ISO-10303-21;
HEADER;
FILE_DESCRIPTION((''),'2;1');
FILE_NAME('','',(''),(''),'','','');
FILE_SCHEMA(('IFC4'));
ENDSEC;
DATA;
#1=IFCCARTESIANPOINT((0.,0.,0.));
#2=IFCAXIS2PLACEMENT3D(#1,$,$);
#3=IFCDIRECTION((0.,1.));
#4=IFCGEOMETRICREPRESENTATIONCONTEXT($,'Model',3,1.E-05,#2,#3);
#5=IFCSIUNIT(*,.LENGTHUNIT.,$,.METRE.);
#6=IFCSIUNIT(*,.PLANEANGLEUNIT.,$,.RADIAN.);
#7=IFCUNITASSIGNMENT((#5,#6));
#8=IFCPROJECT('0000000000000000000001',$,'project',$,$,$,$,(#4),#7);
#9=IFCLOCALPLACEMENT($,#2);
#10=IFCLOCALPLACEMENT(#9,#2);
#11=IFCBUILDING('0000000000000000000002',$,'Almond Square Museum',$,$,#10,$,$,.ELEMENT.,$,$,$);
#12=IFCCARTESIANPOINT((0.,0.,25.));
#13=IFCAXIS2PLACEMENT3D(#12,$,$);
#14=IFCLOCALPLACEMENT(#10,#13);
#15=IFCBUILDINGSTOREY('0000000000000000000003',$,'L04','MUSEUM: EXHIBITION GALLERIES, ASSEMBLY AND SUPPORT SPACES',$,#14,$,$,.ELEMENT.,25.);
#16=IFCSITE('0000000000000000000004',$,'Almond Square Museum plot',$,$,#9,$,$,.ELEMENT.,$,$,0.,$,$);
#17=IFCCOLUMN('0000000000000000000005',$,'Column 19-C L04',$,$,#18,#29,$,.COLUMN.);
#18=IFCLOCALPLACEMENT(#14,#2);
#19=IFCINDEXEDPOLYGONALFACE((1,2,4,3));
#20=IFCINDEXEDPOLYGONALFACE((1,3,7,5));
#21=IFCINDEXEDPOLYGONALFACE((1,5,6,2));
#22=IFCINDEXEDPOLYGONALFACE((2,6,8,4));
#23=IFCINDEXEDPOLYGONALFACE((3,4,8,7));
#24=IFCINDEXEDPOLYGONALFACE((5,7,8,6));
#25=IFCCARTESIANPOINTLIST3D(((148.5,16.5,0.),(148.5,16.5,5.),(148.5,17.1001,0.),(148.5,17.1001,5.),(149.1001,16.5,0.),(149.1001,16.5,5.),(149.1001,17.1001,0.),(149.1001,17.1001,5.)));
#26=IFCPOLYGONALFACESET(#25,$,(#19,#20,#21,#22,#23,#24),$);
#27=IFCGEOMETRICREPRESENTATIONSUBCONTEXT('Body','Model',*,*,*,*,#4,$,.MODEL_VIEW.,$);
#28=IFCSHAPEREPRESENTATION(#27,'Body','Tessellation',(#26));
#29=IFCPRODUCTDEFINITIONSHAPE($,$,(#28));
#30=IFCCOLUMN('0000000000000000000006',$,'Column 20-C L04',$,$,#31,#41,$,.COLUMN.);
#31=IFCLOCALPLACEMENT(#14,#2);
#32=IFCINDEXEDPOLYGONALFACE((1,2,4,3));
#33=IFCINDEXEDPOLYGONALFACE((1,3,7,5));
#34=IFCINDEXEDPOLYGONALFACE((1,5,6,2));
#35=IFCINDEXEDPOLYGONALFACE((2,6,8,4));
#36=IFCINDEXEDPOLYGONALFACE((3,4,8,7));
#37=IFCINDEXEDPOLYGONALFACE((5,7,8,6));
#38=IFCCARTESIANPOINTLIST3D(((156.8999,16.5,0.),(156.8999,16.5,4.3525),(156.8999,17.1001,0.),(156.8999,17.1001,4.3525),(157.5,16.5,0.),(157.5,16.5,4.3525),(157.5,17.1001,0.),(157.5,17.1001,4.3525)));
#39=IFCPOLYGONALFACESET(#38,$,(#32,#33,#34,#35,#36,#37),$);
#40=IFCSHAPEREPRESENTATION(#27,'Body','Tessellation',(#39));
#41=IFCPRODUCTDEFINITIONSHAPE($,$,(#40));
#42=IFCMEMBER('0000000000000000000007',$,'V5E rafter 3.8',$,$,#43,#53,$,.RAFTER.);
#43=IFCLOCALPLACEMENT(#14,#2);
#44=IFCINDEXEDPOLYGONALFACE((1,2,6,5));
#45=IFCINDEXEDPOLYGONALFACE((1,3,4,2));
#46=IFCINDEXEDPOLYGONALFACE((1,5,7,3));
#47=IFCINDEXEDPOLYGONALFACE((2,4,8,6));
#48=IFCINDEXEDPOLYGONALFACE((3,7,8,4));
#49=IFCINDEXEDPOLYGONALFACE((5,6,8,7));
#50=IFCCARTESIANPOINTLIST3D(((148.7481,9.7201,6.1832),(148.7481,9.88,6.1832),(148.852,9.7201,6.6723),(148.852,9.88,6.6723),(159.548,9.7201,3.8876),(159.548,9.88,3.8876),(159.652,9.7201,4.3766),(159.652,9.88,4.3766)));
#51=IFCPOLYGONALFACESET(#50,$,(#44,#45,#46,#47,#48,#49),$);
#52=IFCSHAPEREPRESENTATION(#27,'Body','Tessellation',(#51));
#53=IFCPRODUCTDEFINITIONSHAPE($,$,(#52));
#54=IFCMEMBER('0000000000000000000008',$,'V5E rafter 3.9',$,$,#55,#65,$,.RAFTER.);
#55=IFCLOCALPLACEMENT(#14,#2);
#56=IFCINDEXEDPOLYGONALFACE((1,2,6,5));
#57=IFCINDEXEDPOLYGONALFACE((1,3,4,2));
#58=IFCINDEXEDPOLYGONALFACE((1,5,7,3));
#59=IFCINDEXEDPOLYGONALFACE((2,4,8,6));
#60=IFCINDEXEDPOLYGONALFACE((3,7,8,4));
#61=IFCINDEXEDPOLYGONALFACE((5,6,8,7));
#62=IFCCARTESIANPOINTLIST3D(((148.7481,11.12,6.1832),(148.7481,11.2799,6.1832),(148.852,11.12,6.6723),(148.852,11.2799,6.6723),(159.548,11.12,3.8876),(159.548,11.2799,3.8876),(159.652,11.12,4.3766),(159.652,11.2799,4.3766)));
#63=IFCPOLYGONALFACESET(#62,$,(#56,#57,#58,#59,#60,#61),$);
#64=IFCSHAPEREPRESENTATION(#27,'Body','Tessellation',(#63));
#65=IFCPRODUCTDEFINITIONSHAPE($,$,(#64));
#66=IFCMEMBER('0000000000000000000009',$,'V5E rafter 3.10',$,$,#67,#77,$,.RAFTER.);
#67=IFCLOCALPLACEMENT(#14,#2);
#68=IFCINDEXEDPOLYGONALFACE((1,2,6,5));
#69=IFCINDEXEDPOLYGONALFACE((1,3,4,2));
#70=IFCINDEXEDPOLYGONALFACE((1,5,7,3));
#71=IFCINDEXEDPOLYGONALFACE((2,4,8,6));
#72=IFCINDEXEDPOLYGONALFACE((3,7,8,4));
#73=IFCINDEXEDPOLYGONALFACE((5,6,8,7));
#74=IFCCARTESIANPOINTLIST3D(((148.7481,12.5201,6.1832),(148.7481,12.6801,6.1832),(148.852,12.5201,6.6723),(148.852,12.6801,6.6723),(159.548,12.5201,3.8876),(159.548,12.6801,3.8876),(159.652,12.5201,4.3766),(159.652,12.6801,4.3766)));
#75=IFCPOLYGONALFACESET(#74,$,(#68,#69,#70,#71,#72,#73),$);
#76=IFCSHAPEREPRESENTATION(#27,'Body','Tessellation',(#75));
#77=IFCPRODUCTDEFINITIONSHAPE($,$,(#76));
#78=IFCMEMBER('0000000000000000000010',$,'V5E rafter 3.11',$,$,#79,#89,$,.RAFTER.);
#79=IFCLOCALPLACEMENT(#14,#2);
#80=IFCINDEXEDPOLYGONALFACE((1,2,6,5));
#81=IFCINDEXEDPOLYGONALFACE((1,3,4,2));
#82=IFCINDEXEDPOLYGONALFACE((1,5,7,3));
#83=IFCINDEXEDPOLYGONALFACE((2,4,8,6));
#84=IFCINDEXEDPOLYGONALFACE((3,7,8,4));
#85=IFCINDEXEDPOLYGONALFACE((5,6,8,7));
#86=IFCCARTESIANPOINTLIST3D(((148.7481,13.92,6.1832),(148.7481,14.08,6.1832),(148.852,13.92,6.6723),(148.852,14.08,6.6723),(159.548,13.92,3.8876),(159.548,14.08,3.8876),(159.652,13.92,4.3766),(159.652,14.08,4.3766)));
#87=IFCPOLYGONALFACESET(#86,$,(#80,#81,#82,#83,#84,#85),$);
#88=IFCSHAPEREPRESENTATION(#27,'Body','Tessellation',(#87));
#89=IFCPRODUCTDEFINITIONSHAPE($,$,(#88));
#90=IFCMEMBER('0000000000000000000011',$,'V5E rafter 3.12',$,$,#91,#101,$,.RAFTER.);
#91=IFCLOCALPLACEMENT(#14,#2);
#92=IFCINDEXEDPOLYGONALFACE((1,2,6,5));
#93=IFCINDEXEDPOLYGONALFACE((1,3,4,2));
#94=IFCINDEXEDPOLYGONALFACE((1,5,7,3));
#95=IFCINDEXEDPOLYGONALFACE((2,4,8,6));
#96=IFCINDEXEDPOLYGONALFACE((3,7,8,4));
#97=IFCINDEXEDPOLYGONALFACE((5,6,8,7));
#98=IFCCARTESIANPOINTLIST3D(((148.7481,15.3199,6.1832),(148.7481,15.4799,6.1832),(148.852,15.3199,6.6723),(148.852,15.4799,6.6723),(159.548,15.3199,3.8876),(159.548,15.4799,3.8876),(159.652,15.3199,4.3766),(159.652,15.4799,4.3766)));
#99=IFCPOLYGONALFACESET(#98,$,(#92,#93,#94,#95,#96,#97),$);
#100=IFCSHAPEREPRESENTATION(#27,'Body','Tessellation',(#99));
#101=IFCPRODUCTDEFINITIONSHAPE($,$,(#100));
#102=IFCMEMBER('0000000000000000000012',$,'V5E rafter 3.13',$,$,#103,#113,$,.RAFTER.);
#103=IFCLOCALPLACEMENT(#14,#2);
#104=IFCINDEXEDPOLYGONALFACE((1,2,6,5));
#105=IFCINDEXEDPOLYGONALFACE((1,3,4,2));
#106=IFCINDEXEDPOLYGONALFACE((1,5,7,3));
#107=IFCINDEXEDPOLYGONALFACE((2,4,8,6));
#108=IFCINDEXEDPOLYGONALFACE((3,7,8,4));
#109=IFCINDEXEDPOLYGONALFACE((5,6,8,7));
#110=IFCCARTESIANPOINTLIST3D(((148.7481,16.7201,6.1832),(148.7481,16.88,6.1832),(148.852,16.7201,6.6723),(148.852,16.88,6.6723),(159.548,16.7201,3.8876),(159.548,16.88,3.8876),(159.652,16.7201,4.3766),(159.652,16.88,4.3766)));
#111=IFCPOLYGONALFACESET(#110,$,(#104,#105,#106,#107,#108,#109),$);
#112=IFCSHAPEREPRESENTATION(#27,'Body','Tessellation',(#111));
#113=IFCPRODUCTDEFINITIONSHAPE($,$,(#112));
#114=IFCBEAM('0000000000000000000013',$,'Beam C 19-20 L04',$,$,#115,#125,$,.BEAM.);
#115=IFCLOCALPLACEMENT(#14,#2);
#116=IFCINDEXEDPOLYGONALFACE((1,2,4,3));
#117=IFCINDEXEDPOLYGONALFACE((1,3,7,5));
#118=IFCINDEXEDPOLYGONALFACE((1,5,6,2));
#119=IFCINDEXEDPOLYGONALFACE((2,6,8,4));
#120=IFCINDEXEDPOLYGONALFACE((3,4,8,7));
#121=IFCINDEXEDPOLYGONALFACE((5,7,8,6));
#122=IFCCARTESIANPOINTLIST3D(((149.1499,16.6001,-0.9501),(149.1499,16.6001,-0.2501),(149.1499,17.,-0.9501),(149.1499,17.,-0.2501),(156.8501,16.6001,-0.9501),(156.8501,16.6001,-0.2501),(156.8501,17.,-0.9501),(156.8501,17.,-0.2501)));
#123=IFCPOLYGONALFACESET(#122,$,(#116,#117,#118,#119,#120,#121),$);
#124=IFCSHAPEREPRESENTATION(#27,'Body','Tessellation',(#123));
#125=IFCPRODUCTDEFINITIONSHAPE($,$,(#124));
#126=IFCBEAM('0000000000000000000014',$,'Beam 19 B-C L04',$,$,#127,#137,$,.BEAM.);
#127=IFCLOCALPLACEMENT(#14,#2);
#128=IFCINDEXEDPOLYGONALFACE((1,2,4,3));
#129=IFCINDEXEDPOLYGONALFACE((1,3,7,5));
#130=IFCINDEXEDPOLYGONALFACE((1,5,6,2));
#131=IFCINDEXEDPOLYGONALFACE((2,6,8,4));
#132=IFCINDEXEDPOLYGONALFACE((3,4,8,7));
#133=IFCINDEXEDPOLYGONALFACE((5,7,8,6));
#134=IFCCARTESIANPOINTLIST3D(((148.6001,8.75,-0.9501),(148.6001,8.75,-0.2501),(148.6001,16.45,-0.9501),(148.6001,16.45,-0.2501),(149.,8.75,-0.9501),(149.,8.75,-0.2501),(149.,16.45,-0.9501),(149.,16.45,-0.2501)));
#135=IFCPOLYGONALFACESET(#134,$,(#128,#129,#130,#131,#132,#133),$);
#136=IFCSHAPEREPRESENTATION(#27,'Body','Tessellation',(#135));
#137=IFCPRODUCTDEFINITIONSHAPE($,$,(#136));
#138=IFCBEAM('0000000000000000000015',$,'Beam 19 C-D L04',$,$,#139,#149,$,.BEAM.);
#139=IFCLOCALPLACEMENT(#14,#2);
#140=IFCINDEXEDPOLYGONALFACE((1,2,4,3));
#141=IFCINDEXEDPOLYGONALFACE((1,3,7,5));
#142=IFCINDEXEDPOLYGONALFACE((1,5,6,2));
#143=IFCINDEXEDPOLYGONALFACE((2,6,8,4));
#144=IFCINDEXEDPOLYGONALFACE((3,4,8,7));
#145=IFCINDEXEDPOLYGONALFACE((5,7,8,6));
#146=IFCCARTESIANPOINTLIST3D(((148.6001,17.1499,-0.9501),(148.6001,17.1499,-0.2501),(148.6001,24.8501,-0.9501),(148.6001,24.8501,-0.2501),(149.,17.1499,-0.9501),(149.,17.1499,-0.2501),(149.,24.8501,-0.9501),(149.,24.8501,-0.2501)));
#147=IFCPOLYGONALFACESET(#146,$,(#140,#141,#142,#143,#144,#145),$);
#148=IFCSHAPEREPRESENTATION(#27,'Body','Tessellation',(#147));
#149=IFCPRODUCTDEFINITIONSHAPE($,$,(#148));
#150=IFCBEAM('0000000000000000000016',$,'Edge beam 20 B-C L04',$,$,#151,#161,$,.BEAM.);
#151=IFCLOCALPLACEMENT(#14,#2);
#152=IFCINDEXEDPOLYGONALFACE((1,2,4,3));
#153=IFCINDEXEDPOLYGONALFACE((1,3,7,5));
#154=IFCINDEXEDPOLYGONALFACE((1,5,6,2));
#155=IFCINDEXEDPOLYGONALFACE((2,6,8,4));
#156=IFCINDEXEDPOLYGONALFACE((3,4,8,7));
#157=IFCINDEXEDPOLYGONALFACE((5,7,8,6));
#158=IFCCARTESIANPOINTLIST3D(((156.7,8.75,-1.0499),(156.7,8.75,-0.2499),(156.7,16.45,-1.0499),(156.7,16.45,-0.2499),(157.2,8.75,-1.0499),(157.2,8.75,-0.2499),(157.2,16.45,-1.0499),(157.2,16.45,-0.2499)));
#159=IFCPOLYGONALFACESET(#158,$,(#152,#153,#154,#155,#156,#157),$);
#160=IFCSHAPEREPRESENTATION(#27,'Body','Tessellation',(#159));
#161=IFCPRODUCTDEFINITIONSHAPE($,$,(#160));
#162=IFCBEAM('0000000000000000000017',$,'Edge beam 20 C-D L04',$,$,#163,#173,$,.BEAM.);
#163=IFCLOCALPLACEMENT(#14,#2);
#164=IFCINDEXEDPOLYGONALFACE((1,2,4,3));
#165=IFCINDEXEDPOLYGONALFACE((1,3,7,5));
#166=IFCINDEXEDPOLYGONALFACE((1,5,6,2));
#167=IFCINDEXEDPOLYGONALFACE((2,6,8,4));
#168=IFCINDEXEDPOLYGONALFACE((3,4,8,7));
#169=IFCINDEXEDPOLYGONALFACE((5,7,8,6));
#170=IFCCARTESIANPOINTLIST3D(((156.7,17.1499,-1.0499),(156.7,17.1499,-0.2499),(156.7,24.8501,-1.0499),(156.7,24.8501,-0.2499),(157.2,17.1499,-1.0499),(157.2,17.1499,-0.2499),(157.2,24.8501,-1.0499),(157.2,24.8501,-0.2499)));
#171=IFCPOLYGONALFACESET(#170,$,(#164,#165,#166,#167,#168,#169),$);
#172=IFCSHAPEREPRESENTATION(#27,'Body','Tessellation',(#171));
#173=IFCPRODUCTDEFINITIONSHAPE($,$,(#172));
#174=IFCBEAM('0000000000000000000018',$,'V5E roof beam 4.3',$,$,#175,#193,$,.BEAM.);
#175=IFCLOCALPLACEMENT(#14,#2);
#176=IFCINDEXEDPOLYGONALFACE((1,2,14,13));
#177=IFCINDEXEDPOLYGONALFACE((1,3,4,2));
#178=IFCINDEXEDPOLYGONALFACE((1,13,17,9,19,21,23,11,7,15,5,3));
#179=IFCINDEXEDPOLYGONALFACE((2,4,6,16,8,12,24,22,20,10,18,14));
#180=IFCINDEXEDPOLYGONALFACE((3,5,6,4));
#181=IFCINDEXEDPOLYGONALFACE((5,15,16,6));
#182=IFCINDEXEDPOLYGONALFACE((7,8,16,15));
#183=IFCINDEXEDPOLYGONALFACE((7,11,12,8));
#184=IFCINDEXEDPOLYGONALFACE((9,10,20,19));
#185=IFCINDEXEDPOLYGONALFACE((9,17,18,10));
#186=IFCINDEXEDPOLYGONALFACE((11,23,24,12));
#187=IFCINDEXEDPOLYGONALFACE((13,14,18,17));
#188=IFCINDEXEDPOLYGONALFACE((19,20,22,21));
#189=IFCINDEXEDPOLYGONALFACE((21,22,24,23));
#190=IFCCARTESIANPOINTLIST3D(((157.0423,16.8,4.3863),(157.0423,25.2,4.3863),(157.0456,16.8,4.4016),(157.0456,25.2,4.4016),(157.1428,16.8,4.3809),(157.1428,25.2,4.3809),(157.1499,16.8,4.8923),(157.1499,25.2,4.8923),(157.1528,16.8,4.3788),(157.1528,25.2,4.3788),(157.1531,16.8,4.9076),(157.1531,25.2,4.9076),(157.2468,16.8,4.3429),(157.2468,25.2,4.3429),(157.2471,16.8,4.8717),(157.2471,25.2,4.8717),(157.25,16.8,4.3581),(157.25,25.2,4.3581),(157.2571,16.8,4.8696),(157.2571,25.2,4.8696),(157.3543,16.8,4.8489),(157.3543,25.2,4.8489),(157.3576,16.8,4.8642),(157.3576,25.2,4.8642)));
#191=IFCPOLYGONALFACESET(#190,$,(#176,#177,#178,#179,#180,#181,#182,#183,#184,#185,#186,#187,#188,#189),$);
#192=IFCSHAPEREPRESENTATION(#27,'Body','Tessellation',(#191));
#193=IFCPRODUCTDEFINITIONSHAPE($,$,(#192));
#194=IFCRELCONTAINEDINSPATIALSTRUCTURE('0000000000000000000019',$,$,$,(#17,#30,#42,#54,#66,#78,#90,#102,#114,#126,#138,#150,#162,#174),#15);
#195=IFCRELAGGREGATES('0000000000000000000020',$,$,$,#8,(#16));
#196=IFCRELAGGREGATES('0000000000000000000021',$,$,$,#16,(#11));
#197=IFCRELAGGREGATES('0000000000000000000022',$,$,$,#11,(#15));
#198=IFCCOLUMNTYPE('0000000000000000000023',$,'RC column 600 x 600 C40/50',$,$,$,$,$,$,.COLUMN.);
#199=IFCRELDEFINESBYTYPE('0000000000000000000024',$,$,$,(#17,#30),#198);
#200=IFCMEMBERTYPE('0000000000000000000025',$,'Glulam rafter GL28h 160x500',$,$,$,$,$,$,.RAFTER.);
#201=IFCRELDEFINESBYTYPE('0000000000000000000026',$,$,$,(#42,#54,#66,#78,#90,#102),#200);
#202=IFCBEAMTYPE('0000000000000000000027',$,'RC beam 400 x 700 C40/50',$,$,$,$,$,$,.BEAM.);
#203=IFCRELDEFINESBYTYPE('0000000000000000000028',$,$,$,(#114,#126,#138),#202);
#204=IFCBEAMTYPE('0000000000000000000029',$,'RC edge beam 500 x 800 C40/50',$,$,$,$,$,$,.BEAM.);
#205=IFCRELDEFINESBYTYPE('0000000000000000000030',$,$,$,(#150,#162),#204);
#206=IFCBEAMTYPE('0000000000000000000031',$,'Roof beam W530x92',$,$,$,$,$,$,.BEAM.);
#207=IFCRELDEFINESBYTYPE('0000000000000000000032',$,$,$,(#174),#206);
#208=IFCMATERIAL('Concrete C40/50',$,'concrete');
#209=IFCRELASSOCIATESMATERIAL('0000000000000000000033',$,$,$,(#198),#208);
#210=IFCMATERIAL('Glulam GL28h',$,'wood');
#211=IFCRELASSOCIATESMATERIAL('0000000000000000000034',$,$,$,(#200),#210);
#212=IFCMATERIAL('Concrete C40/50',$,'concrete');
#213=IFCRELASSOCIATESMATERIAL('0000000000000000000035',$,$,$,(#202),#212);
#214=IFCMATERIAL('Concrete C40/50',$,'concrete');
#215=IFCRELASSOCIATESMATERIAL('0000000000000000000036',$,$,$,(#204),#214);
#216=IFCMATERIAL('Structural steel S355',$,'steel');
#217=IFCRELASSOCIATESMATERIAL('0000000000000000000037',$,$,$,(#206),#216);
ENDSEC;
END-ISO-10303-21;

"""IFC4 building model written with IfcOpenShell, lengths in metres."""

from ifc_helpers import new_model, si_unit, direction, frame, origin, origin_2d, place, context, subcontext, project, spatial, rectangle, i_section, extrude, material, material_profile, profile_set, type_object, element, save


model = new_model("IFC4")

# Units and contexts
model_context = context("Model", 3, precision=1e-05, world=origin(), true_north=direction((0.0, 1.0)))
body_context = subcontext(model_context, "Body", "Model", "MODEL_VIEW")
ifc_project = project(units=[si_unit("LENGTHUNIT", "METRE"), si_unit("PLANEANGLEUNIT", "RADIAN")], contexts=[model_context])

# Site, building, storey
site_placement = place(None, origin())
site = spatial("IfcSite", under=ifc_project, at=site_placement, Name="Almond Square Museum plot", CompositionType="ELEMENT", RefElevation=0.0)
building_placement = place(site_placement, origin())
building = spatial("IfcBuilding", under=site, at=building_placement, Name="Almond Square Museum", CompositionType="ELEMENT")
storey_placement = place(building_placement, frame((0.0, 0.0, 25.0)))
storey = spatial("IfcBuildingStorey", under=building, at=storey_placement, Name="L04", Description="MUSEUM: EXHIBITION GALLERIES, ASSEMBLY AND SUPPORT SPACES", CompositionType="ELEMENT", Elevation=25.0)

# Columns
ifc_material_1 = material(Name="Concrete C40/50", Category="concrete")
ifc_material_profile_1 = material_profile(ifc_material_1, rectangle(XDim=0.6001, YDim=0.6001, at=origin_2d()))
ifc_profile_set_1 = profile_set([ifc_material_profile_1], Name="Concrete C40/50")
column_type = type_object("IfcColumnType", Name="RC column 600 x 600 C40/50", PredefinedType="COLUMN", material=ifc_profile_set_1)
column_1_placement = place(storey_placement, frame((148.8, 16.8, 0.0), z_axis=(0.0, 0.0, 1.0), x_axis=(1.0, 0.0, 0.0)))
element("IfcColumn", 1, at=column_1_placement, inside=storey, type_object=column_type, Name="Column 19-C L04", PredefinedType="COLUMN", context=body_context, shape_type="SweptSolid", body=[
    extrude(rectangle(XDim=0.6001, YDim=0.6001, at=origin_2d()), origin(), (0.0, 0.0, 1.0), 5.0),
])
column_2_placement = place(storey_placement, frame((157.2, 16.8, 0.0), z_axis=(0.0, 0.0, 1.0), x_axis=(1.0, 0.0, 0.0)))
element("IfcColumn", 2, at=column_2_placement, inside=storey, type_object=column_type, Name="Column 20-C L04", PredefinedType="COLUMN", context=body_context, shape_type="SweptSolid", body=[
    extrude(rectangle(XDim=0.6001, YDim=0.6001, at=origin_2d()), origin(), (0.0, 0.0, 1.0), 4.3525),
])

# Members
ifc_material_2 = material(Name="Glulam GL28h", Category="wood")
ifc_material_profile_2 = material_profile(ifc_material_2, rectangle(XDim=0.1599, YDim=0.5, at=origin_2d()))
ifc_profile_set_2 = profile_set([ifc_material_profile_2], Name="Glulam GL28h")
member_type = type_object("IfcMemberType", Name="Glulam rafter GL28h 160x500", PredefinedType="RAFTER", material=ifc_profile_set_2)
for number, where, z_axis, x_axis, name in (
    (3, (148.8, 9.8, 6.4277), (0.978147, 0.0, -0.207915), (0.0, 1.0, 0.0), "V5E rafter 3.8"),
    (4, (148.8, 11.2, 6.4277), (0.978147, 0.0, -0.207915), (0.0, 1.0, 0.0), "V5E rafter 3.9"),
    (5, (148.8, 12.6001, 6.4277), (0.978147, 0.0, -0.207915), (0.0, 1.0, 0.0), "V5E rafter 3.10"),
    (6, (148.8, 14.0, 6.4277), (0.978147, 0.0, -0.207915), (0.0, 1.0, 0.0), "V5E rafter 3.11"),
    (7, (148.8, 15.3999, 6.4277), (0.978147, 0.0, -0.207915), (0.0, 1.0, 0.0), "V5E rafter 3.12"),
    (8, (148.8, 16.8, 6.4277), (0.978147, 0.0, -0.207915), (0.0, 1.0, 0.0), "V5E rafter 3.13"),
):
    element("IfcMember", number, at=place(storey_placement, frame(where, z_axis=z_axis, x_axis=x_axis)), inside=storey, type_object=member_type, Name=name, PredefinedType="RAFTER", context=body_context, shape_type="SweptSolid", body=[
        extrude(rectangle(XDim=0.1599, YDim=0.5, at=origin_2d()), origin(), (0.0, 0.0, 1.0), 11.0413),
    ])

# Beams
ifc_material_3 = material(Name="Concrete C40/50", Category="concrete")
ifc_material_profile_3 = material_profile(ifc_material_3, rectangle(XDim=0.3999, YDim=0.7, at=origin_2d()))
ifc_profile_set_3 = profile_set([ifc_material_profile_3], Name="Concrete C40/50")
beam_type_1 = type_object("IfcBeamType", Name="RC beam 400 x 700 C40/50", PredefinedType="BEAM", material=ifc_profile_set_3)
beam_1_placement = place(storey_placement, frame((149.1499, 16.8, -0.6001), z_axis=(1.0, 0.0, 0.0), x_axis=(0.0, 1.0, 0.0)))
element("IfcBeam", 9, at=beam_1_placement, inside=storey, type_object=beam_type_1, Name="Beam C 19-20 L04", PredefinedType="BEAM", context=body_context, shape_type="SweptSolid", body=[
    extrude(rectangle(XDim=0.3999, YDim=0.7, at=origin_2d()), origin(), (0.0, 0.0, 1.0), 7.7002),
])
beam_2_placement = place(storey_placement, frame((148.8, 8.75, -0.6001), z_axis=(0.0, 1.0, 0.0), x_axis=(-1.0, 0.0, 0.0)))
element("IfcBeam", 10, at=beam_2_placement, inside=storey, type_object=beam_type_1, Name="Beam 19 B-C L04", PredefinedType="BEAM", context=body_context, shape_type="SweptSolid", body=[
    extrude(rectangle(XDim=0.3999, YDim=0.7, at=origin_2d()), origin(), (0.0, 0.0, 1.0), 7.7),
])
beam_3_placement = place(storey_placement, frame((148.8, 17.1499, -0.6001), z_axis=(0.0, 1.0, 0.0), x_axis=(-1.0, 0.0, 0.0)))
element("IfcBeam", 11, at=beam_3_placement, inside=storey, type_object=beam_type_1, Name="Beam 19 C-D L04", PredefinedType="BEAM", context=body_context, shape_type="SweptSolid", body=[
    extrude(rectangle(XDim=0.3999, YDim=0.7, at=origin_2d()), origin(), (0.0, 0.0, 1.0), 7.7002),
])
ifc_material_4 = material(Name="Concrete C40/50", Category="concrete")
ifc_material_profile_4 = material_profile(ifc_material_4, rectangle(XDim=0.5, YDim=0.8, at=origin_2d()))
ifc_profile_set_4 = profile_set([ifc_material_profile_4], Name="Concrete C40/50")
beam_type_2 = type_object("IfcBeamType", Name="RC edge beam 500 x 800 C40/50", PredefinedType="BEAM", material=ifc_profile_set_4)
beam_4_placement = place(storey_placement, frame((156.95, 8.75, -0.6499), z_axis=(0.0, 1.0, 0.0), x_axis=(-1.0, 0.0, 0.0)))
element("IfcBeam", 12, at=beam_4_placement, inside=storey, type_object=beam_type_2, Name="Edge beam 20 B-C L04", PredefinedType="BEAM", context=body_context, shape_type="SweptSolid", body=[
    extrude(rectangle(XDim=0.5, YDim=0.8, at=origin_2d()), origin(), (0.0, 0.0, 1.0), 7.7),
])
beam_5_placement = place(storey_placement, frame((156.95, 17.1499, -0.6499), z_axis=(0.0, 1.0, 0.0), x_axis=(-1.0, 0.0, 0.0)))
element("IfcBeam", 13, at=beam_5_placement, inside=storey, type_object=beam_type_2, Name="Edge beam 20 C-D L04", PredefinedType="BEAM", context=body_context, shape_type="SweptSolid", body=[
    extrude(rectangle(XDim=0.5, YDim=0.8, at=origin_2d()), origin(), (0.0, 0.0, 1.0), 7.7002),
])
ifc_material_5 = material(Name="Structural steel S355", Category="steel")
ifc_material_profile_5 = material_profile(ifc_material_5, i_section(OverallWidth=0.209, OverallDepth=0.533, WebThickness=0.0103, FlangeThickness=0.0156, at=origin_2d()))
ifc_profile_set_5 = profile_set([ifc_material_profile_5], Name="Structural steel S355")
beam_type_3 = type_object("IfcBeamType", Name="Roof beam W530x92", PredefinedType="BEAM", material=ifc_profile_set_5)
beam_6_placement = place(storey_placement, frame((157.2, 16.8, 4.6252), z_axis=(0.0, 1.0, 0.0), x_axis=(-0.978148, 0.0, 0.207912)))
element("IfcBeam", 14, at=beam_6_placement, inside=storey, type_object=beam_type_3, Name="V5E roof beam 4.3", PredefinedType="BEAM", context=body_context, shape_type="SweptSolid", body=[
    extrude(i_section(OverallWidth=0.209, OverallDepth=0.533, WebThickness=0.0103, FlangeThickness=0.0156, at=origin_2d()), origin(), (0.0, 0.0, 1.0), 8.3999),
])

save(model, "model.ifc")
